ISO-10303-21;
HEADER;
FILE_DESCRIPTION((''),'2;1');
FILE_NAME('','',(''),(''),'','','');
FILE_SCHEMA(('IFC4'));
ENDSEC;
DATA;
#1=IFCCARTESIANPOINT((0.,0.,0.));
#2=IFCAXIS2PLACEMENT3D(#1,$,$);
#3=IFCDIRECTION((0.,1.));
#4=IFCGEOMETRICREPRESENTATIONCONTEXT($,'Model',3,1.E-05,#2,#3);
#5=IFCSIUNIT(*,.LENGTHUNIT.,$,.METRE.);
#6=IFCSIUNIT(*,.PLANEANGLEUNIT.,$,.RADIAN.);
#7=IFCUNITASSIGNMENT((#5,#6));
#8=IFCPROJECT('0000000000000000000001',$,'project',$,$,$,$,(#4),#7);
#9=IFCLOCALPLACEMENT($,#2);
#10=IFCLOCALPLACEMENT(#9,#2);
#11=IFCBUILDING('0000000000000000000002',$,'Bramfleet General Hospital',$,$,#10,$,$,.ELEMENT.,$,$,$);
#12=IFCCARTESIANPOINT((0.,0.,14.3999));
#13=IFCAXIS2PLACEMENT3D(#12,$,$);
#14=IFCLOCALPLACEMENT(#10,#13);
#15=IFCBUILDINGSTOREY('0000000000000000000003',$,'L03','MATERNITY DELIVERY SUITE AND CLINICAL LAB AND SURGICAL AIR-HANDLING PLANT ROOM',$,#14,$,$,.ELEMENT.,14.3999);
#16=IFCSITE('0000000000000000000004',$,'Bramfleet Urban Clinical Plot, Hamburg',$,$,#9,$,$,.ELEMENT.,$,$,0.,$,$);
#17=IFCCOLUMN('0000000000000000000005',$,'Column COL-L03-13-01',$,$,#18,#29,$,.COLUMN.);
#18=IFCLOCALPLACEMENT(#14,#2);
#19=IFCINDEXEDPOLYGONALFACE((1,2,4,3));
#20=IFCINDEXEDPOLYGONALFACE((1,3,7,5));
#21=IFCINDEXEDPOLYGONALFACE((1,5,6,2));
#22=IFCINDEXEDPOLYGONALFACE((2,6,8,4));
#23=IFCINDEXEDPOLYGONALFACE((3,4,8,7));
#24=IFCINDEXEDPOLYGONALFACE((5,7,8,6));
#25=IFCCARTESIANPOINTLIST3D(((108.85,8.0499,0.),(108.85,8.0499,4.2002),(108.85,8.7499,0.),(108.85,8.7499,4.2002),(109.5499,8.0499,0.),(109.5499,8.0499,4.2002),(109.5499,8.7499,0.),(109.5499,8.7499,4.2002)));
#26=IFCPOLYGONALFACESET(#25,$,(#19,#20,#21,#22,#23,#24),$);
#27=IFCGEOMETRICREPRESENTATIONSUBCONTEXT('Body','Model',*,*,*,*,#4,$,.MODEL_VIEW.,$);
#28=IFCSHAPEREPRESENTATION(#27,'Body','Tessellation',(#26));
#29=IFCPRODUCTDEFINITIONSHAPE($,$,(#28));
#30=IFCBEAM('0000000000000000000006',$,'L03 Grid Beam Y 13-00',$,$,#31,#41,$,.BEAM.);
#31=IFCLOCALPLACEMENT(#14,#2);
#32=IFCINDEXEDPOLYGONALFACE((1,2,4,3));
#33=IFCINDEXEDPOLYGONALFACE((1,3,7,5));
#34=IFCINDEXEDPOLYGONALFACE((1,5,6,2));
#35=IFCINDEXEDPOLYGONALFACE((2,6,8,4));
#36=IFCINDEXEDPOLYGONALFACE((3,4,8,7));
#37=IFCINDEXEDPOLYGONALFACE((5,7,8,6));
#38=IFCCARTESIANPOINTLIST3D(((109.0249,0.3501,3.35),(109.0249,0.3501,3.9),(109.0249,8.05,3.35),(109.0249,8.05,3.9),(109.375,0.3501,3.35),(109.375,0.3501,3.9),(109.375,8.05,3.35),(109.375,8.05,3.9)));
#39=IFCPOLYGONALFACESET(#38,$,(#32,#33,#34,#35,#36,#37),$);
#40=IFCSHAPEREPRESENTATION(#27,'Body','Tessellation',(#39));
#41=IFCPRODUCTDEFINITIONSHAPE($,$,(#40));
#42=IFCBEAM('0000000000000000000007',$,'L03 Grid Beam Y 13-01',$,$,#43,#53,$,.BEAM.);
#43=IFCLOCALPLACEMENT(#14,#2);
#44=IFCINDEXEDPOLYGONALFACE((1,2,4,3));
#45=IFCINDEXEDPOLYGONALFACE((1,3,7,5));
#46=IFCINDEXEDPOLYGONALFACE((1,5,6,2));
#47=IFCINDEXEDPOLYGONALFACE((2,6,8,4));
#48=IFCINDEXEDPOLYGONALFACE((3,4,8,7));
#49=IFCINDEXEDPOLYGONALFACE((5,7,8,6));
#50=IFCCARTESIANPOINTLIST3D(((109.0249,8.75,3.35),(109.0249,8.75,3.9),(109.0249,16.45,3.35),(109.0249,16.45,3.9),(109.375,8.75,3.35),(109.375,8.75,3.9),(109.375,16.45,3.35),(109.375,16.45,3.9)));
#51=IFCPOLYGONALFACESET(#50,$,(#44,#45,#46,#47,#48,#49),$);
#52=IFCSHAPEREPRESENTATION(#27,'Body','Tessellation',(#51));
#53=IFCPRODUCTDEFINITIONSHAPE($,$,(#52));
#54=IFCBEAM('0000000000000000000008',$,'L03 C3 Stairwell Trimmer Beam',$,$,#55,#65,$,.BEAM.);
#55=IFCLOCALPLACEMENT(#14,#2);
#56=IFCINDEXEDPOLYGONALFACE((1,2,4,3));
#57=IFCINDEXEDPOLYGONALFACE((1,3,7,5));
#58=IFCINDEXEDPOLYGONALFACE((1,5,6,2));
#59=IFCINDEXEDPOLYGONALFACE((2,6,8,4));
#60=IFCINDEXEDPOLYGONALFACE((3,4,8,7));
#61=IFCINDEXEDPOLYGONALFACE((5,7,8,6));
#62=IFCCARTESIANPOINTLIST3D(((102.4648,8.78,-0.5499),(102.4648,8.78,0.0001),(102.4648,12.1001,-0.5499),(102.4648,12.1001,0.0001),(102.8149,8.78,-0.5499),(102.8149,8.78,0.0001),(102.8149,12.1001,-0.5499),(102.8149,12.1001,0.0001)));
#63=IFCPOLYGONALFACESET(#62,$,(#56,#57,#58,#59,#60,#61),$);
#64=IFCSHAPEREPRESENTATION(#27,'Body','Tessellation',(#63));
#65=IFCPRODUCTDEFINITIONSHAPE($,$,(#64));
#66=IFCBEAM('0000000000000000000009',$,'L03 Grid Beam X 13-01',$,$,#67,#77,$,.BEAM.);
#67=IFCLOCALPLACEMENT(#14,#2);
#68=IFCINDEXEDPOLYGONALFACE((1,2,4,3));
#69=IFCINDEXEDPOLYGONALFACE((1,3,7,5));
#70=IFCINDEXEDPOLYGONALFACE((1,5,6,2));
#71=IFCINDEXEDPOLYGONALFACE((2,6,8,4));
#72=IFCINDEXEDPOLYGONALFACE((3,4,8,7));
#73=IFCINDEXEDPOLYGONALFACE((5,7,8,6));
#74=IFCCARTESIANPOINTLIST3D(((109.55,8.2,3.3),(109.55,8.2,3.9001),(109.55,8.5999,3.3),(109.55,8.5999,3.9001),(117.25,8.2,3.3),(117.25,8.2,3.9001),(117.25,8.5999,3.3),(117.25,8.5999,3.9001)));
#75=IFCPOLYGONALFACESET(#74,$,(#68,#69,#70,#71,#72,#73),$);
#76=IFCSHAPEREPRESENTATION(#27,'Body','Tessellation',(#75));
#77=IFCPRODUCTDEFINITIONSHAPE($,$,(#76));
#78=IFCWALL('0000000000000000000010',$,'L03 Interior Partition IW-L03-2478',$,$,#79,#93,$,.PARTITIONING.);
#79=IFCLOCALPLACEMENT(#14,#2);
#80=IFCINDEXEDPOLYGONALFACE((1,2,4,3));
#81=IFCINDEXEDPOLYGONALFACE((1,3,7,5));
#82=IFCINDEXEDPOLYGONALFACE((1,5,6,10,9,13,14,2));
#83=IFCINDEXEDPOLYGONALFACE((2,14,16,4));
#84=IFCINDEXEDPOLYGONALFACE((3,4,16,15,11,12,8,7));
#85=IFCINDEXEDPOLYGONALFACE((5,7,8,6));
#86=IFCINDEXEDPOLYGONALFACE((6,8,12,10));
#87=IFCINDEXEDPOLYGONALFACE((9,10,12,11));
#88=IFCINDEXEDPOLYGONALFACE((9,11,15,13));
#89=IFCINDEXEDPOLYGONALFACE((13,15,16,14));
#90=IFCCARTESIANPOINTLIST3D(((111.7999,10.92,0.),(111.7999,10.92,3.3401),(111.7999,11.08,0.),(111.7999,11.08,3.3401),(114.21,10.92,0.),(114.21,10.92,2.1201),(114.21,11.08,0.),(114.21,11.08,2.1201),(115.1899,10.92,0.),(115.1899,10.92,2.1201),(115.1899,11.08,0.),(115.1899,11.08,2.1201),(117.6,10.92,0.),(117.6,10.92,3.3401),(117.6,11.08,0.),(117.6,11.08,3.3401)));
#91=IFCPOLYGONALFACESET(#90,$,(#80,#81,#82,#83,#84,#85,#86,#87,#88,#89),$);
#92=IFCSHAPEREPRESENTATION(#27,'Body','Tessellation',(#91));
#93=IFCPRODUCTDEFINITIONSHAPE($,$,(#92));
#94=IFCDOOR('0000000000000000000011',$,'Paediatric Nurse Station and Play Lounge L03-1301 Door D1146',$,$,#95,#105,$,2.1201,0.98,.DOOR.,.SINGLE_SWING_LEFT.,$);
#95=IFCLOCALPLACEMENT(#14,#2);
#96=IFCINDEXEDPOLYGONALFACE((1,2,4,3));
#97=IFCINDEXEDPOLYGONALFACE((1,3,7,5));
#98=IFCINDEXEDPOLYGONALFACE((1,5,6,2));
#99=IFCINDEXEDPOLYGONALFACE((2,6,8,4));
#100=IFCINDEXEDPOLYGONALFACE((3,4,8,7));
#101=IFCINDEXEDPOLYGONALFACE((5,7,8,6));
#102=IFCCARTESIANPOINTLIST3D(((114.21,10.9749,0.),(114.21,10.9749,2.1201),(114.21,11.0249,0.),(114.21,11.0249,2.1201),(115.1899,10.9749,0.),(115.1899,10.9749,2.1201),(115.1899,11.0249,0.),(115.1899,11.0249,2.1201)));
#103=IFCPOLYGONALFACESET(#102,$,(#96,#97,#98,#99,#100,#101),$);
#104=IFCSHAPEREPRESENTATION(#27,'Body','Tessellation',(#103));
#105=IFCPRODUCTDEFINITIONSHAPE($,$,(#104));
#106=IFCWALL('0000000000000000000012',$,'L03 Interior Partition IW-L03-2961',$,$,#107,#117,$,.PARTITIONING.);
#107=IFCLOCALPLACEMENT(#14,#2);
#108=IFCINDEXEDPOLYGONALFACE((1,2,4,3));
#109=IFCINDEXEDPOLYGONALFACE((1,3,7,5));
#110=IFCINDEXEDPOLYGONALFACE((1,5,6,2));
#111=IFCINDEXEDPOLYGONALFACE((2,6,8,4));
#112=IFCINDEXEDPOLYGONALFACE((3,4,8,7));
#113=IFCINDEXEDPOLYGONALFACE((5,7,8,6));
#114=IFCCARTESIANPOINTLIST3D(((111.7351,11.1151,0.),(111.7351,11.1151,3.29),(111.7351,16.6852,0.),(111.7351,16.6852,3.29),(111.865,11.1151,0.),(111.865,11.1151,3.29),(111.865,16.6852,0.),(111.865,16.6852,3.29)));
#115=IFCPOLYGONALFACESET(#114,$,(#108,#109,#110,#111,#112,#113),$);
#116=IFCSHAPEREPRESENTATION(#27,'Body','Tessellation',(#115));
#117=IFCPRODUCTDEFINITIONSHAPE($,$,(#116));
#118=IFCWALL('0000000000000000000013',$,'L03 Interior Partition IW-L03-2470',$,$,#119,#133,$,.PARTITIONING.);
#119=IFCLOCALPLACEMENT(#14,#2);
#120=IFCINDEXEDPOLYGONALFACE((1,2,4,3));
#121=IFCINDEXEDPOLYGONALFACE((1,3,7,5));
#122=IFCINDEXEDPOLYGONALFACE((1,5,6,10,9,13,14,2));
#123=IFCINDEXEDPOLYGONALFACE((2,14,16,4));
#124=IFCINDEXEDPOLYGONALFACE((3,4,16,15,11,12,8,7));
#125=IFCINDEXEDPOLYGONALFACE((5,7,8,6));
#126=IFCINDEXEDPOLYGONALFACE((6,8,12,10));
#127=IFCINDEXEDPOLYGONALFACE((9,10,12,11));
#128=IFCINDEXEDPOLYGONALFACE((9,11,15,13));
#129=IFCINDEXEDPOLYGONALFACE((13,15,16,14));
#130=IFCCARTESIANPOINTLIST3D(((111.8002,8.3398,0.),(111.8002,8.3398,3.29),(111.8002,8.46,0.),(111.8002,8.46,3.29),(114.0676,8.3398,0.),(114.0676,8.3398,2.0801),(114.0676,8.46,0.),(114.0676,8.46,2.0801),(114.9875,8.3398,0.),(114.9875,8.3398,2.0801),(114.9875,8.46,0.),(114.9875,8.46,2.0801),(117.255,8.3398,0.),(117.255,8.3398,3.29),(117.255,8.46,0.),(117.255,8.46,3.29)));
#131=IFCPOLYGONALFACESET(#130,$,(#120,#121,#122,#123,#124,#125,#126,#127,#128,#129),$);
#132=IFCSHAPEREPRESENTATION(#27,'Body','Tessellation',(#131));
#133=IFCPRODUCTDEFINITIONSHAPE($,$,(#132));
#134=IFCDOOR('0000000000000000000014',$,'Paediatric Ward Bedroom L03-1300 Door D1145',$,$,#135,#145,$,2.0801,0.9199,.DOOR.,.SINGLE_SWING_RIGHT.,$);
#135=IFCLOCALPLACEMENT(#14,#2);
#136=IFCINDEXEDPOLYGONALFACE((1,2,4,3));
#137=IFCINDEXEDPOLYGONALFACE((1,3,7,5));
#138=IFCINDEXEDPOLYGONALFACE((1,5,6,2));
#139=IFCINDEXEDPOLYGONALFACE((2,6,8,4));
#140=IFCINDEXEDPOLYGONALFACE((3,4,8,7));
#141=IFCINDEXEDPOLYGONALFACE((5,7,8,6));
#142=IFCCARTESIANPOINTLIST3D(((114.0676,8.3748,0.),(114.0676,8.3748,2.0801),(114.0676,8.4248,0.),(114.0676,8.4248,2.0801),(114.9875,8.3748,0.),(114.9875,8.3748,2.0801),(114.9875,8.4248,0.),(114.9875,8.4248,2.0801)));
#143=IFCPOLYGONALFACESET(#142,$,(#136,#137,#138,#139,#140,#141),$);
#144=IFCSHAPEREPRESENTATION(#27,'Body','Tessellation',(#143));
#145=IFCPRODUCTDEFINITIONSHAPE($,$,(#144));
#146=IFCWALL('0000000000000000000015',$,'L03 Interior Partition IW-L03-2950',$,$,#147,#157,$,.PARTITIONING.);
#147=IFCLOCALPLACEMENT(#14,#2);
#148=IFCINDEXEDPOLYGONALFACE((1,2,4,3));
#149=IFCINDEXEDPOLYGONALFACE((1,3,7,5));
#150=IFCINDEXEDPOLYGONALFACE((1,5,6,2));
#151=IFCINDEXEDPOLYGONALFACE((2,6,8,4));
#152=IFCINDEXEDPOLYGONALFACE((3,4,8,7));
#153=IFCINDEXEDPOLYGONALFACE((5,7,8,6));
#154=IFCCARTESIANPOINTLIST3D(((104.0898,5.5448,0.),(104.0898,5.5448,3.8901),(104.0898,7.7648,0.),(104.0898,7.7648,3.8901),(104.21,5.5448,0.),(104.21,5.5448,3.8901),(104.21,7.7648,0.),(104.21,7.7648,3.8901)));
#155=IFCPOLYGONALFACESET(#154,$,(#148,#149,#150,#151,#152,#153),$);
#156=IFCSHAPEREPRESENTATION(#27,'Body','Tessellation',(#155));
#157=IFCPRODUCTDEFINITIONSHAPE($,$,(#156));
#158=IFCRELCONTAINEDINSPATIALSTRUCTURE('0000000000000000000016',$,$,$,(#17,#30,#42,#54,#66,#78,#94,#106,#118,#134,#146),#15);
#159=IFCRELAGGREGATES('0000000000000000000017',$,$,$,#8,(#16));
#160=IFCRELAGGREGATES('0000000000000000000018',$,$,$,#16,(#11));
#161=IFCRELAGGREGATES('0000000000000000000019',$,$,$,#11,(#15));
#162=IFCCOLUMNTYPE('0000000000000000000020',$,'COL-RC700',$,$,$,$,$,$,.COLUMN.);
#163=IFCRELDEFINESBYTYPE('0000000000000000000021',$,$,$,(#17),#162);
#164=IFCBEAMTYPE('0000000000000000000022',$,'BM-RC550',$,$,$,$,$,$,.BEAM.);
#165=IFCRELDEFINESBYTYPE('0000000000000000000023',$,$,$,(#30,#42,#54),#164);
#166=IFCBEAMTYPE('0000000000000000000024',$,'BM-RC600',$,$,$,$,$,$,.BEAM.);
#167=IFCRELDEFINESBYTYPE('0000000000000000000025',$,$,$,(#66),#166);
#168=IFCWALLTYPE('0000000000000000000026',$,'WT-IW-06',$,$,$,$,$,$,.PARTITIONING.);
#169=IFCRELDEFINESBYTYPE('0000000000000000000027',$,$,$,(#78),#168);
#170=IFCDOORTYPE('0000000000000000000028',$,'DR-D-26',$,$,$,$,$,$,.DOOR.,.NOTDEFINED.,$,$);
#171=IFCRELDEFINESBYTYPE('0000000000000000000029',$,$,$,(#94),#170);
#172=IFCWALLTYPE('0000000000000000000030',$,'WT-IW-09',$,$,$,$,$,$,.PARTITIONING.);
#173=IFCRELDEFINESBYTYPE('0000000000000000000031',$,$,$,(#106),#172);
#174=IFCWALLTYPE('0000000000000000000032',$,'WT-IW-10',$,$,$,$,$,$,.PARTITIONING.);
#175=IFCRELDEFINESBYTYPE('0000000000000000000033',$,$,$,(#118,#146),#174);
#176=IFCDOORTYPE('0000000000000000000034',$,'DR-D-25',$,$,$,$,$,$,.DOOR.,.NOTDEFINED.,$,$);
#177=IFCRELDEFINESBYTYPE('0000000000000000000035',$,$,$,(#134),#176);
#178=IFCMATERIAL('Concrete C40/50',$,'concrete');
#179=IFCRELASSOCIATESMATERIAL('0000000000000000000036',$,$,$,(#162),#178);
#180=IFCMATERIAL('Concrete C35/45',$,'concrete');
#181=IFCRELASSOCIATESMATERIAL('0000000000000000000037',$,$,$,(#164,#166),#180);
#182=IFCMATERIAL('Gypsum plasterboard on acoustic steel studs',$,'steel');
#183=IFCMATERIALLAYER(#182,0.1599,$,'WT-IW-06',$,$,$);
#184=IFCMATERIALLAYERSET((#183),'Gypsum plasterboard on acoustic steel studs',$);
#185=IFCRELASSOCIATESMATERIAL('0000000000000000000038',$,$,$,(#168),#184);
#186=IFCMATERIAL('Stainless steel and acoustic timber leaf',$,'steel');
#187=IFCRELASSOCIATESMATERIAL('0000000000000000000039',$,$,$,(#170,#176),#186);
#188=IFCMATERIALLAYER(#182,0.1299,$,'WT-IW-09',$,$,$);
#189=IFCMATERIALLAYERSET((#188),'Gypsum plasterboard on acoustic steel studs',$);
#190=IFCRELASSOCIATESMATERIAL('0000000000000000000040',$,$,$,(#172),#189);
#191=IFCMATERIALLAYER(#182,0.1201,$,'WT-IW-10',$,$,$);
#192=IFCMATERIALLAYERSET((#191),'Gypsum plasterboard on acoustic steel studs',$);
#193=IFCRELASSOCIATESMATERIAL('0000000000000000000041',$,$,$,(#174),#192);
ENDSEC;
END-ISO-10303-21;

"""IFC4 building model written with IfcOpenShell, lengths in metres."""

from ifc_helpers import new_model, si_unit, direction, frame, frame_2d, origin, origin_2d, place, context, subcontext, project, spatial, rectangle, extrude, material, layer, layer_set, material_profile, profile_set, type_object, element, fill, save


model = new_model("IFC4")

# Units and contexts
model_context = context("Model", 3, precision=1e-05, world=origin(), true_north=direction((0.0, 1.0)))
body_context = subcontext(model_context, "Body", "Model", "MODEL_VIEW")
ifc_project = project(units=[si_unit("LENGTHUNIT", "METRE"), si_unit("PLANEANGLEUNIT", "RADIAN")], contexts=[model_context])

# Site, building, storey
site_placement = place(None, origin())
site = spatial("IfcSite", under=ifc_project, at=site_placement, Name="Bramfleet Urban Clinical Plot, Hamburg", CompositionType="ELEMENT", RefElevation=0.0)
building_placement = place(site_placement, origin())
building = spatial("IfcBuilding", under=site, at=building_placement, Name="Bramfleet General Hospital", CompositionType="ELEMENT")
storey_placement = place(building_placement, frame((0.0, 0.0, 14.3999)))
storey = spatial("IfcBuildingStorey", under=building, at=storey_placement, Name="L03", Description="MATERNITY DELIVERY SUITE AND CLINICAL LAB AND SURGICAL AIR-HANDLING PLANT ROOM", CompositionType="ELEMENT", Elevation=14.3999)

# Column
ifc_material_1 = material(Name="Concrete C40/50", Category="concrete")
ifc_material_profile_1 = material_profile(ifc_material_1, rectangle(XDim=0.7, YDim=0.7, at=origin_2d()), Name="RC COL 700x700")
ifc_profile_set_1 = profile_set([ifc_material_profile_1], Name="Concrete C40/50")
column_type = type_object("IfcColumnType", Name="COL-RC700", PredefinedType="COLUMN", material=ifc_profile_set_1)
column_placement = place(storey_placement, frame((109.2, 8.3999, 0.0), z_axis=(0.0, 0.0, 1.0), x_axis=(1.0, 0.0, 0.0)))
element("IfcColumn", 1, at=column_placement, inside=storey, type_object=column_type, Name="Column COL-L03-13-01", PredefinedType="COLUMN", context=body_context, shape_type="SweptSolid", body=[
    extrude(rectangle(XDim=0.7, YDim=0.7, at=origin_2d()), origin(), (0.0, 0.0, 1.0), 4.2002),
])

# Beams
ifc_material_2 = material(Name="Concrete C35/45", Category="concrete")
ifc_material_profile_2 = material_profile(ifc_material_2, rectangle(XDim=0.3501, YDim=0.55, at=origin_2d()), Name="RC BM 550x350")
ifc_profile_set_2 = profile_set([ifc_material_profile_2], Name="Concrete C35/45")
beam_type_1 = type_object("IfcBeamType", Name="BM-RC550", PredefinedType="BEAM", material=ifc_profile_set_2)
for number, where, z_axis, x_axis, name in (
    (2, (109.2, 0.3501, 3.625), (0.0, 1.0, 0.0), (-1.0, 0.0, 0.0), "L03 Grid Beam Y 13-00"),
    (3, (109.2, 8.75, 3.625), (0.0, 1.0, 0.0), (-1.0, 0.0, 0.0), "L03 Grid Beam Y 13-01"),
):
    element("IfcBeam", number, at=place(storey_placement, frame(where, z_axis=z_axis, x_axis=x_axis)), inside=storey, type_object=beam_type_1, Name=name, PredefinedType="BEAM", context=body_context, shape_type="SweptSolid", body=[
        extrude(rectangle(XDim=0.3501, YDim=0.55, at=origin_2d()), origin(), (0.0, 0.0, 1.0), 7.7),
    ])
beam_1_placement = place(storey_placement, frame((102.6399, 8.78, -0.2749), z_axis=(0.0, 1.0, 0.0), x_axis=(-1.0, 0.0, 0.0)))
element("IfcBeam", 4, at=beam_1_placement, inside=storey, type_object=beam_type_1, Name="L03 C3 Stairwell Trimmer Beam", PredefinedType="BEAM", context=body_context, shape_type="SweptSolid", body=[
    extrude(rectangle(XDim=0.3501, YDim=0.55, at=origin_2d()), origin(), (0.0, 0.0, 1.0), 3.3201),
])
ifc_material_profile_3 = material_profile(ifc_material_2, rectangle(XDim=0.3999, YDim=0.6001, at=origin_2d()), Name="RC BM 600x400")
ifc_profile_set_3 = profile_set([ifc_material_profile_3], Name="Concrete C35/45")
beam_type_2 = type_object("IfcBeamType", Name="BM-RC600", PredefinedType="BEAM", material=ifc_profile_set_3)
beam_2_placement = place(storey_placement, frame((109.55, 8.3999, 3.6001), z_axis=(1.0, 0.0, 0.0), x_axis=(0.0, 1.0, 0.0)))
element("IfcBeam", 5, at=beam_2_placement, inside=storey, type_object=beam_type_2, Name="L03 Grid Beam X 13-01", PredefinedType="BEAM", context=body_context, shape_type="SweptSolid", body=[
    extrude(rectangle(XDim=0.3999, YDim=0.6001, at=origin_2d()), origin(), (0.0, 0.0, 1.0), 7.7),
])

# Wall, opening, door
ifc_material_3 = material(Name="Gypsum plasterboard on acoustic steel studs", Category="steel")
ifc_layer_1 = layer(ifc_material_3, 0.1599, Name="WT-IW-06")
ifc_layer_set_1 = layer_set([ifc_layer_1], Name="Gypsum plasterboard on acoustic steel studs")
wall_type_1 = type_object("IfcWallType", Name="WT-IW-06", PredefinedType="PARTITIONING", material=ifc_layer_set_1)
wall_1_placement = place(storey_placement, frame((111.8, 11.0, 0.0), z_axis=(0.0, 0.0, 1.0), x_axis=(1.0, 0.0, 0.0)))
wall_1 = element("IfcWall", 6, at=wall_1_placement, inside=storey, type_object=wall_type_1, Name="L03 Interior Partition IW-L03-2478", PredefinedType="PARTITIONING", context=body_context, shape_type="SweptSolid", body=[
    extrude(rectangle(XDim=5.8, YDim=0.1599, at=frame_2d((2.8999, 0.0))), origin(), (0.0, 0.0, 1.0), 3.3401),
])
opening_1_placement = place(wall_1_placement, frame((2.4099, 0.0, 0.0)))
opening_1 = element("IfcOpeningElement", 7, at=opening_1_placement, cuts=wall_1, PredefinedType="OPENING", context=body_context, shape_type="SweptSolid", body=[
    extrude(rectangle(XDim=0.98, YDim=2.1201, at=frame_2d((0.49, 1.0601))), frame((0.0, 0.0898, 0.0), z_axis=(0.0, -1.0, 0.0), x_axis=(1.0, 0.0, 0.0)), (0.0, 0.0, 1.0), 0.1799),
])
ifc_material_4 = material(Name="Stainless steel and acoustic timber leaf", Category="steel")
door_type_1 = type_object("IfcDoorType", Name="DR-D-26", OperationType="NOTDEFINED", PredefinedType="DOOR", material=ifc_material_4)
door_1_placement = place(opening_1_placement, origin())
door_1 = element("IfcDoor", 8, at=door_1_placement, inside=storey, type_object=door_type_1, Name="Paediatric Nurse Station and Play Lounge L03-1301 Door D1146", OperationType="SINGLE_SWING_LEFT", OverallHeight=2.1201, OverallWidth=0.98, PredefinedType="DOOR", context=body_context, shape_type="SweptSolid", body=[
    extrude(rectangle(XDim=0.98, YDim=2.1201, at=frame_2d((0.49, 1.0601))), frame((0.0, 0.0249, 0.0), z_axis=(0.0, -1.0, 0.0), x_axis=(1.0, 0.0, 0.0)), (0.0, 0.0, 1.0), 0.05),
])
fill(opening_1, door_1)

# Wall
ifc_layer_2 = layer(ifc_material_3, 0.1299, Name="WT-IW-09")
ifc_layer_set_2 = layer_set([ifc_layer_2], Name="Gypsum plasterboard on acoustic steel studs")
wall_type_2 = type_object("IfcWallType", Name="WT-IW-09", PredefinedType="PARTITIONING", material=ifc_layer_set_2)
wall_2_placement = place(storey_placement, frame((111.8, 11.115, 0.0), z_axis=(0.0, 0.0, 1.0), x_axis=(0.0, 1.0, 0.0)))
element("IfcWall", 9, at=wall_2_placement, inside=storey, type_object=wall_type_2, Name="L03 Interior Partition IW-L03-2961", PredefinedType="PARTITIONING", context=body_context, shape_type="SweptSolid", body=[
    extrude(rectangle(XDim=5.5701, YDim=0.1299, at=frame_2d((2.7852, 0.0))), origin(), (0.0, 0.0, 1.0), 3.29),
])

# Wall, opening, door
ifc_layer_3 = layer(ifc_material_3, 0.1201, Name="WT-IW-10")
ifc_layer_set_3 = layer_set([ifc_layer_3], Name="Gypsum plasterboard on acoustic steel studs")
wall_type_3 = type_object("IfcWallType", Name="WT-IW-10", PredefinedType="PARTITIONING", material=ifc_layer_set_3)
wall_3_placement = place(storey_placement, frame((111.8, 8.3999, 0.0), z_axis=(0.0, 0.0, 1.0), x_axis=(1.0, 0.0, 0.0)))
wall_3 = element("IfcWall", 10, at=wall_3_placement, inside=storey, type_object=wall_type_3, Name="L03 Interior Partition IW-L03-2470", PredefinedType="PARTITIONING", context=body_context, shape_type="SweptSolid", body=[
    extrude(rectangle(XDim=5.4548, YDim=0.1201, at=frame_2d((2.7275, 0.0))), origin(), (0.0, 0.0, 1.0), 3.29),
])
opening_2_placement = place(wall_3_placement, frame((2.2676, 0.0, 0.0)))
opening_2 = element("IfcOpeningElement", 11, at=opening_2_placement, cuts=wall_3, PredefinedType="OPENING", context=body_context, shape_type="SweptSolid", body=[
    extrude(rectangle(XDim=0.9199, YDim=2.0801, at=frame_2d((0.46, 1.04))), frame((0.0, 0.0701, 0.0), z_axis=(0.0, -1.0, 0.0), x_axis=(1.0, 0.0, 0.0)), (0.0, 0.0, 1.0), 0.1401),
])
door_type_2 = type_object("IfcDoorType", Name="DR-D-25", OperationType="NOTDEFINED", PredefinedType="DOOR", material=ifc_material_4)
door_2_placement = place(opening_2_placement, origin())
door_2 = element("IfcDoor", 12, at=door_2_placement, inside=storey, type_object=door_type_2, Name="Paediatric Ward Bedroom L03-1300 Door D1145", OperationType="SINGLE_SWING_RIGHT", OverallHeight=2.0801, OverallWidth=0.9199, PredefinedType="DOOR", context=body_context, shape_type="SweptSolid", body=[
    extrude(rectangle(XDim=0.9199, YDim=2.0801, at=frame_2d((0.46, 1.04))), frame((0.0, 0.0249, 0.0), z_axis=(0.0, -1.0, 0.0), x_axis=(1.0, 0.0, 0.0)), (0.0, 0.0, 1.0), 0.05),
])
fill(opening_2, door_2)

# Wall
wall_4_placement = place(storey_placement, frame((104.1499, 5.5449, 0.0), z_axis=(0.0, 0.0, 1.0), x_axis=(0.0, 1.0, 0.0)))
element("IfcWall", 13, at=wall_4_placement, inside=storey, type_object=wall_type_3, Name="L03 Interior Partition IW-L03-2950", PredefinedType="PARTITIONING", context=body_context, shape_type="SweptSolid", body=[
    extrude(rectangle(XDim=2.22, YDim=0.1201, at=frame_2d((1.1099, 0.0))), origin(), (0.0, 0.0, 1.0), 3.8901),
])

save(model, "model.ifc")
